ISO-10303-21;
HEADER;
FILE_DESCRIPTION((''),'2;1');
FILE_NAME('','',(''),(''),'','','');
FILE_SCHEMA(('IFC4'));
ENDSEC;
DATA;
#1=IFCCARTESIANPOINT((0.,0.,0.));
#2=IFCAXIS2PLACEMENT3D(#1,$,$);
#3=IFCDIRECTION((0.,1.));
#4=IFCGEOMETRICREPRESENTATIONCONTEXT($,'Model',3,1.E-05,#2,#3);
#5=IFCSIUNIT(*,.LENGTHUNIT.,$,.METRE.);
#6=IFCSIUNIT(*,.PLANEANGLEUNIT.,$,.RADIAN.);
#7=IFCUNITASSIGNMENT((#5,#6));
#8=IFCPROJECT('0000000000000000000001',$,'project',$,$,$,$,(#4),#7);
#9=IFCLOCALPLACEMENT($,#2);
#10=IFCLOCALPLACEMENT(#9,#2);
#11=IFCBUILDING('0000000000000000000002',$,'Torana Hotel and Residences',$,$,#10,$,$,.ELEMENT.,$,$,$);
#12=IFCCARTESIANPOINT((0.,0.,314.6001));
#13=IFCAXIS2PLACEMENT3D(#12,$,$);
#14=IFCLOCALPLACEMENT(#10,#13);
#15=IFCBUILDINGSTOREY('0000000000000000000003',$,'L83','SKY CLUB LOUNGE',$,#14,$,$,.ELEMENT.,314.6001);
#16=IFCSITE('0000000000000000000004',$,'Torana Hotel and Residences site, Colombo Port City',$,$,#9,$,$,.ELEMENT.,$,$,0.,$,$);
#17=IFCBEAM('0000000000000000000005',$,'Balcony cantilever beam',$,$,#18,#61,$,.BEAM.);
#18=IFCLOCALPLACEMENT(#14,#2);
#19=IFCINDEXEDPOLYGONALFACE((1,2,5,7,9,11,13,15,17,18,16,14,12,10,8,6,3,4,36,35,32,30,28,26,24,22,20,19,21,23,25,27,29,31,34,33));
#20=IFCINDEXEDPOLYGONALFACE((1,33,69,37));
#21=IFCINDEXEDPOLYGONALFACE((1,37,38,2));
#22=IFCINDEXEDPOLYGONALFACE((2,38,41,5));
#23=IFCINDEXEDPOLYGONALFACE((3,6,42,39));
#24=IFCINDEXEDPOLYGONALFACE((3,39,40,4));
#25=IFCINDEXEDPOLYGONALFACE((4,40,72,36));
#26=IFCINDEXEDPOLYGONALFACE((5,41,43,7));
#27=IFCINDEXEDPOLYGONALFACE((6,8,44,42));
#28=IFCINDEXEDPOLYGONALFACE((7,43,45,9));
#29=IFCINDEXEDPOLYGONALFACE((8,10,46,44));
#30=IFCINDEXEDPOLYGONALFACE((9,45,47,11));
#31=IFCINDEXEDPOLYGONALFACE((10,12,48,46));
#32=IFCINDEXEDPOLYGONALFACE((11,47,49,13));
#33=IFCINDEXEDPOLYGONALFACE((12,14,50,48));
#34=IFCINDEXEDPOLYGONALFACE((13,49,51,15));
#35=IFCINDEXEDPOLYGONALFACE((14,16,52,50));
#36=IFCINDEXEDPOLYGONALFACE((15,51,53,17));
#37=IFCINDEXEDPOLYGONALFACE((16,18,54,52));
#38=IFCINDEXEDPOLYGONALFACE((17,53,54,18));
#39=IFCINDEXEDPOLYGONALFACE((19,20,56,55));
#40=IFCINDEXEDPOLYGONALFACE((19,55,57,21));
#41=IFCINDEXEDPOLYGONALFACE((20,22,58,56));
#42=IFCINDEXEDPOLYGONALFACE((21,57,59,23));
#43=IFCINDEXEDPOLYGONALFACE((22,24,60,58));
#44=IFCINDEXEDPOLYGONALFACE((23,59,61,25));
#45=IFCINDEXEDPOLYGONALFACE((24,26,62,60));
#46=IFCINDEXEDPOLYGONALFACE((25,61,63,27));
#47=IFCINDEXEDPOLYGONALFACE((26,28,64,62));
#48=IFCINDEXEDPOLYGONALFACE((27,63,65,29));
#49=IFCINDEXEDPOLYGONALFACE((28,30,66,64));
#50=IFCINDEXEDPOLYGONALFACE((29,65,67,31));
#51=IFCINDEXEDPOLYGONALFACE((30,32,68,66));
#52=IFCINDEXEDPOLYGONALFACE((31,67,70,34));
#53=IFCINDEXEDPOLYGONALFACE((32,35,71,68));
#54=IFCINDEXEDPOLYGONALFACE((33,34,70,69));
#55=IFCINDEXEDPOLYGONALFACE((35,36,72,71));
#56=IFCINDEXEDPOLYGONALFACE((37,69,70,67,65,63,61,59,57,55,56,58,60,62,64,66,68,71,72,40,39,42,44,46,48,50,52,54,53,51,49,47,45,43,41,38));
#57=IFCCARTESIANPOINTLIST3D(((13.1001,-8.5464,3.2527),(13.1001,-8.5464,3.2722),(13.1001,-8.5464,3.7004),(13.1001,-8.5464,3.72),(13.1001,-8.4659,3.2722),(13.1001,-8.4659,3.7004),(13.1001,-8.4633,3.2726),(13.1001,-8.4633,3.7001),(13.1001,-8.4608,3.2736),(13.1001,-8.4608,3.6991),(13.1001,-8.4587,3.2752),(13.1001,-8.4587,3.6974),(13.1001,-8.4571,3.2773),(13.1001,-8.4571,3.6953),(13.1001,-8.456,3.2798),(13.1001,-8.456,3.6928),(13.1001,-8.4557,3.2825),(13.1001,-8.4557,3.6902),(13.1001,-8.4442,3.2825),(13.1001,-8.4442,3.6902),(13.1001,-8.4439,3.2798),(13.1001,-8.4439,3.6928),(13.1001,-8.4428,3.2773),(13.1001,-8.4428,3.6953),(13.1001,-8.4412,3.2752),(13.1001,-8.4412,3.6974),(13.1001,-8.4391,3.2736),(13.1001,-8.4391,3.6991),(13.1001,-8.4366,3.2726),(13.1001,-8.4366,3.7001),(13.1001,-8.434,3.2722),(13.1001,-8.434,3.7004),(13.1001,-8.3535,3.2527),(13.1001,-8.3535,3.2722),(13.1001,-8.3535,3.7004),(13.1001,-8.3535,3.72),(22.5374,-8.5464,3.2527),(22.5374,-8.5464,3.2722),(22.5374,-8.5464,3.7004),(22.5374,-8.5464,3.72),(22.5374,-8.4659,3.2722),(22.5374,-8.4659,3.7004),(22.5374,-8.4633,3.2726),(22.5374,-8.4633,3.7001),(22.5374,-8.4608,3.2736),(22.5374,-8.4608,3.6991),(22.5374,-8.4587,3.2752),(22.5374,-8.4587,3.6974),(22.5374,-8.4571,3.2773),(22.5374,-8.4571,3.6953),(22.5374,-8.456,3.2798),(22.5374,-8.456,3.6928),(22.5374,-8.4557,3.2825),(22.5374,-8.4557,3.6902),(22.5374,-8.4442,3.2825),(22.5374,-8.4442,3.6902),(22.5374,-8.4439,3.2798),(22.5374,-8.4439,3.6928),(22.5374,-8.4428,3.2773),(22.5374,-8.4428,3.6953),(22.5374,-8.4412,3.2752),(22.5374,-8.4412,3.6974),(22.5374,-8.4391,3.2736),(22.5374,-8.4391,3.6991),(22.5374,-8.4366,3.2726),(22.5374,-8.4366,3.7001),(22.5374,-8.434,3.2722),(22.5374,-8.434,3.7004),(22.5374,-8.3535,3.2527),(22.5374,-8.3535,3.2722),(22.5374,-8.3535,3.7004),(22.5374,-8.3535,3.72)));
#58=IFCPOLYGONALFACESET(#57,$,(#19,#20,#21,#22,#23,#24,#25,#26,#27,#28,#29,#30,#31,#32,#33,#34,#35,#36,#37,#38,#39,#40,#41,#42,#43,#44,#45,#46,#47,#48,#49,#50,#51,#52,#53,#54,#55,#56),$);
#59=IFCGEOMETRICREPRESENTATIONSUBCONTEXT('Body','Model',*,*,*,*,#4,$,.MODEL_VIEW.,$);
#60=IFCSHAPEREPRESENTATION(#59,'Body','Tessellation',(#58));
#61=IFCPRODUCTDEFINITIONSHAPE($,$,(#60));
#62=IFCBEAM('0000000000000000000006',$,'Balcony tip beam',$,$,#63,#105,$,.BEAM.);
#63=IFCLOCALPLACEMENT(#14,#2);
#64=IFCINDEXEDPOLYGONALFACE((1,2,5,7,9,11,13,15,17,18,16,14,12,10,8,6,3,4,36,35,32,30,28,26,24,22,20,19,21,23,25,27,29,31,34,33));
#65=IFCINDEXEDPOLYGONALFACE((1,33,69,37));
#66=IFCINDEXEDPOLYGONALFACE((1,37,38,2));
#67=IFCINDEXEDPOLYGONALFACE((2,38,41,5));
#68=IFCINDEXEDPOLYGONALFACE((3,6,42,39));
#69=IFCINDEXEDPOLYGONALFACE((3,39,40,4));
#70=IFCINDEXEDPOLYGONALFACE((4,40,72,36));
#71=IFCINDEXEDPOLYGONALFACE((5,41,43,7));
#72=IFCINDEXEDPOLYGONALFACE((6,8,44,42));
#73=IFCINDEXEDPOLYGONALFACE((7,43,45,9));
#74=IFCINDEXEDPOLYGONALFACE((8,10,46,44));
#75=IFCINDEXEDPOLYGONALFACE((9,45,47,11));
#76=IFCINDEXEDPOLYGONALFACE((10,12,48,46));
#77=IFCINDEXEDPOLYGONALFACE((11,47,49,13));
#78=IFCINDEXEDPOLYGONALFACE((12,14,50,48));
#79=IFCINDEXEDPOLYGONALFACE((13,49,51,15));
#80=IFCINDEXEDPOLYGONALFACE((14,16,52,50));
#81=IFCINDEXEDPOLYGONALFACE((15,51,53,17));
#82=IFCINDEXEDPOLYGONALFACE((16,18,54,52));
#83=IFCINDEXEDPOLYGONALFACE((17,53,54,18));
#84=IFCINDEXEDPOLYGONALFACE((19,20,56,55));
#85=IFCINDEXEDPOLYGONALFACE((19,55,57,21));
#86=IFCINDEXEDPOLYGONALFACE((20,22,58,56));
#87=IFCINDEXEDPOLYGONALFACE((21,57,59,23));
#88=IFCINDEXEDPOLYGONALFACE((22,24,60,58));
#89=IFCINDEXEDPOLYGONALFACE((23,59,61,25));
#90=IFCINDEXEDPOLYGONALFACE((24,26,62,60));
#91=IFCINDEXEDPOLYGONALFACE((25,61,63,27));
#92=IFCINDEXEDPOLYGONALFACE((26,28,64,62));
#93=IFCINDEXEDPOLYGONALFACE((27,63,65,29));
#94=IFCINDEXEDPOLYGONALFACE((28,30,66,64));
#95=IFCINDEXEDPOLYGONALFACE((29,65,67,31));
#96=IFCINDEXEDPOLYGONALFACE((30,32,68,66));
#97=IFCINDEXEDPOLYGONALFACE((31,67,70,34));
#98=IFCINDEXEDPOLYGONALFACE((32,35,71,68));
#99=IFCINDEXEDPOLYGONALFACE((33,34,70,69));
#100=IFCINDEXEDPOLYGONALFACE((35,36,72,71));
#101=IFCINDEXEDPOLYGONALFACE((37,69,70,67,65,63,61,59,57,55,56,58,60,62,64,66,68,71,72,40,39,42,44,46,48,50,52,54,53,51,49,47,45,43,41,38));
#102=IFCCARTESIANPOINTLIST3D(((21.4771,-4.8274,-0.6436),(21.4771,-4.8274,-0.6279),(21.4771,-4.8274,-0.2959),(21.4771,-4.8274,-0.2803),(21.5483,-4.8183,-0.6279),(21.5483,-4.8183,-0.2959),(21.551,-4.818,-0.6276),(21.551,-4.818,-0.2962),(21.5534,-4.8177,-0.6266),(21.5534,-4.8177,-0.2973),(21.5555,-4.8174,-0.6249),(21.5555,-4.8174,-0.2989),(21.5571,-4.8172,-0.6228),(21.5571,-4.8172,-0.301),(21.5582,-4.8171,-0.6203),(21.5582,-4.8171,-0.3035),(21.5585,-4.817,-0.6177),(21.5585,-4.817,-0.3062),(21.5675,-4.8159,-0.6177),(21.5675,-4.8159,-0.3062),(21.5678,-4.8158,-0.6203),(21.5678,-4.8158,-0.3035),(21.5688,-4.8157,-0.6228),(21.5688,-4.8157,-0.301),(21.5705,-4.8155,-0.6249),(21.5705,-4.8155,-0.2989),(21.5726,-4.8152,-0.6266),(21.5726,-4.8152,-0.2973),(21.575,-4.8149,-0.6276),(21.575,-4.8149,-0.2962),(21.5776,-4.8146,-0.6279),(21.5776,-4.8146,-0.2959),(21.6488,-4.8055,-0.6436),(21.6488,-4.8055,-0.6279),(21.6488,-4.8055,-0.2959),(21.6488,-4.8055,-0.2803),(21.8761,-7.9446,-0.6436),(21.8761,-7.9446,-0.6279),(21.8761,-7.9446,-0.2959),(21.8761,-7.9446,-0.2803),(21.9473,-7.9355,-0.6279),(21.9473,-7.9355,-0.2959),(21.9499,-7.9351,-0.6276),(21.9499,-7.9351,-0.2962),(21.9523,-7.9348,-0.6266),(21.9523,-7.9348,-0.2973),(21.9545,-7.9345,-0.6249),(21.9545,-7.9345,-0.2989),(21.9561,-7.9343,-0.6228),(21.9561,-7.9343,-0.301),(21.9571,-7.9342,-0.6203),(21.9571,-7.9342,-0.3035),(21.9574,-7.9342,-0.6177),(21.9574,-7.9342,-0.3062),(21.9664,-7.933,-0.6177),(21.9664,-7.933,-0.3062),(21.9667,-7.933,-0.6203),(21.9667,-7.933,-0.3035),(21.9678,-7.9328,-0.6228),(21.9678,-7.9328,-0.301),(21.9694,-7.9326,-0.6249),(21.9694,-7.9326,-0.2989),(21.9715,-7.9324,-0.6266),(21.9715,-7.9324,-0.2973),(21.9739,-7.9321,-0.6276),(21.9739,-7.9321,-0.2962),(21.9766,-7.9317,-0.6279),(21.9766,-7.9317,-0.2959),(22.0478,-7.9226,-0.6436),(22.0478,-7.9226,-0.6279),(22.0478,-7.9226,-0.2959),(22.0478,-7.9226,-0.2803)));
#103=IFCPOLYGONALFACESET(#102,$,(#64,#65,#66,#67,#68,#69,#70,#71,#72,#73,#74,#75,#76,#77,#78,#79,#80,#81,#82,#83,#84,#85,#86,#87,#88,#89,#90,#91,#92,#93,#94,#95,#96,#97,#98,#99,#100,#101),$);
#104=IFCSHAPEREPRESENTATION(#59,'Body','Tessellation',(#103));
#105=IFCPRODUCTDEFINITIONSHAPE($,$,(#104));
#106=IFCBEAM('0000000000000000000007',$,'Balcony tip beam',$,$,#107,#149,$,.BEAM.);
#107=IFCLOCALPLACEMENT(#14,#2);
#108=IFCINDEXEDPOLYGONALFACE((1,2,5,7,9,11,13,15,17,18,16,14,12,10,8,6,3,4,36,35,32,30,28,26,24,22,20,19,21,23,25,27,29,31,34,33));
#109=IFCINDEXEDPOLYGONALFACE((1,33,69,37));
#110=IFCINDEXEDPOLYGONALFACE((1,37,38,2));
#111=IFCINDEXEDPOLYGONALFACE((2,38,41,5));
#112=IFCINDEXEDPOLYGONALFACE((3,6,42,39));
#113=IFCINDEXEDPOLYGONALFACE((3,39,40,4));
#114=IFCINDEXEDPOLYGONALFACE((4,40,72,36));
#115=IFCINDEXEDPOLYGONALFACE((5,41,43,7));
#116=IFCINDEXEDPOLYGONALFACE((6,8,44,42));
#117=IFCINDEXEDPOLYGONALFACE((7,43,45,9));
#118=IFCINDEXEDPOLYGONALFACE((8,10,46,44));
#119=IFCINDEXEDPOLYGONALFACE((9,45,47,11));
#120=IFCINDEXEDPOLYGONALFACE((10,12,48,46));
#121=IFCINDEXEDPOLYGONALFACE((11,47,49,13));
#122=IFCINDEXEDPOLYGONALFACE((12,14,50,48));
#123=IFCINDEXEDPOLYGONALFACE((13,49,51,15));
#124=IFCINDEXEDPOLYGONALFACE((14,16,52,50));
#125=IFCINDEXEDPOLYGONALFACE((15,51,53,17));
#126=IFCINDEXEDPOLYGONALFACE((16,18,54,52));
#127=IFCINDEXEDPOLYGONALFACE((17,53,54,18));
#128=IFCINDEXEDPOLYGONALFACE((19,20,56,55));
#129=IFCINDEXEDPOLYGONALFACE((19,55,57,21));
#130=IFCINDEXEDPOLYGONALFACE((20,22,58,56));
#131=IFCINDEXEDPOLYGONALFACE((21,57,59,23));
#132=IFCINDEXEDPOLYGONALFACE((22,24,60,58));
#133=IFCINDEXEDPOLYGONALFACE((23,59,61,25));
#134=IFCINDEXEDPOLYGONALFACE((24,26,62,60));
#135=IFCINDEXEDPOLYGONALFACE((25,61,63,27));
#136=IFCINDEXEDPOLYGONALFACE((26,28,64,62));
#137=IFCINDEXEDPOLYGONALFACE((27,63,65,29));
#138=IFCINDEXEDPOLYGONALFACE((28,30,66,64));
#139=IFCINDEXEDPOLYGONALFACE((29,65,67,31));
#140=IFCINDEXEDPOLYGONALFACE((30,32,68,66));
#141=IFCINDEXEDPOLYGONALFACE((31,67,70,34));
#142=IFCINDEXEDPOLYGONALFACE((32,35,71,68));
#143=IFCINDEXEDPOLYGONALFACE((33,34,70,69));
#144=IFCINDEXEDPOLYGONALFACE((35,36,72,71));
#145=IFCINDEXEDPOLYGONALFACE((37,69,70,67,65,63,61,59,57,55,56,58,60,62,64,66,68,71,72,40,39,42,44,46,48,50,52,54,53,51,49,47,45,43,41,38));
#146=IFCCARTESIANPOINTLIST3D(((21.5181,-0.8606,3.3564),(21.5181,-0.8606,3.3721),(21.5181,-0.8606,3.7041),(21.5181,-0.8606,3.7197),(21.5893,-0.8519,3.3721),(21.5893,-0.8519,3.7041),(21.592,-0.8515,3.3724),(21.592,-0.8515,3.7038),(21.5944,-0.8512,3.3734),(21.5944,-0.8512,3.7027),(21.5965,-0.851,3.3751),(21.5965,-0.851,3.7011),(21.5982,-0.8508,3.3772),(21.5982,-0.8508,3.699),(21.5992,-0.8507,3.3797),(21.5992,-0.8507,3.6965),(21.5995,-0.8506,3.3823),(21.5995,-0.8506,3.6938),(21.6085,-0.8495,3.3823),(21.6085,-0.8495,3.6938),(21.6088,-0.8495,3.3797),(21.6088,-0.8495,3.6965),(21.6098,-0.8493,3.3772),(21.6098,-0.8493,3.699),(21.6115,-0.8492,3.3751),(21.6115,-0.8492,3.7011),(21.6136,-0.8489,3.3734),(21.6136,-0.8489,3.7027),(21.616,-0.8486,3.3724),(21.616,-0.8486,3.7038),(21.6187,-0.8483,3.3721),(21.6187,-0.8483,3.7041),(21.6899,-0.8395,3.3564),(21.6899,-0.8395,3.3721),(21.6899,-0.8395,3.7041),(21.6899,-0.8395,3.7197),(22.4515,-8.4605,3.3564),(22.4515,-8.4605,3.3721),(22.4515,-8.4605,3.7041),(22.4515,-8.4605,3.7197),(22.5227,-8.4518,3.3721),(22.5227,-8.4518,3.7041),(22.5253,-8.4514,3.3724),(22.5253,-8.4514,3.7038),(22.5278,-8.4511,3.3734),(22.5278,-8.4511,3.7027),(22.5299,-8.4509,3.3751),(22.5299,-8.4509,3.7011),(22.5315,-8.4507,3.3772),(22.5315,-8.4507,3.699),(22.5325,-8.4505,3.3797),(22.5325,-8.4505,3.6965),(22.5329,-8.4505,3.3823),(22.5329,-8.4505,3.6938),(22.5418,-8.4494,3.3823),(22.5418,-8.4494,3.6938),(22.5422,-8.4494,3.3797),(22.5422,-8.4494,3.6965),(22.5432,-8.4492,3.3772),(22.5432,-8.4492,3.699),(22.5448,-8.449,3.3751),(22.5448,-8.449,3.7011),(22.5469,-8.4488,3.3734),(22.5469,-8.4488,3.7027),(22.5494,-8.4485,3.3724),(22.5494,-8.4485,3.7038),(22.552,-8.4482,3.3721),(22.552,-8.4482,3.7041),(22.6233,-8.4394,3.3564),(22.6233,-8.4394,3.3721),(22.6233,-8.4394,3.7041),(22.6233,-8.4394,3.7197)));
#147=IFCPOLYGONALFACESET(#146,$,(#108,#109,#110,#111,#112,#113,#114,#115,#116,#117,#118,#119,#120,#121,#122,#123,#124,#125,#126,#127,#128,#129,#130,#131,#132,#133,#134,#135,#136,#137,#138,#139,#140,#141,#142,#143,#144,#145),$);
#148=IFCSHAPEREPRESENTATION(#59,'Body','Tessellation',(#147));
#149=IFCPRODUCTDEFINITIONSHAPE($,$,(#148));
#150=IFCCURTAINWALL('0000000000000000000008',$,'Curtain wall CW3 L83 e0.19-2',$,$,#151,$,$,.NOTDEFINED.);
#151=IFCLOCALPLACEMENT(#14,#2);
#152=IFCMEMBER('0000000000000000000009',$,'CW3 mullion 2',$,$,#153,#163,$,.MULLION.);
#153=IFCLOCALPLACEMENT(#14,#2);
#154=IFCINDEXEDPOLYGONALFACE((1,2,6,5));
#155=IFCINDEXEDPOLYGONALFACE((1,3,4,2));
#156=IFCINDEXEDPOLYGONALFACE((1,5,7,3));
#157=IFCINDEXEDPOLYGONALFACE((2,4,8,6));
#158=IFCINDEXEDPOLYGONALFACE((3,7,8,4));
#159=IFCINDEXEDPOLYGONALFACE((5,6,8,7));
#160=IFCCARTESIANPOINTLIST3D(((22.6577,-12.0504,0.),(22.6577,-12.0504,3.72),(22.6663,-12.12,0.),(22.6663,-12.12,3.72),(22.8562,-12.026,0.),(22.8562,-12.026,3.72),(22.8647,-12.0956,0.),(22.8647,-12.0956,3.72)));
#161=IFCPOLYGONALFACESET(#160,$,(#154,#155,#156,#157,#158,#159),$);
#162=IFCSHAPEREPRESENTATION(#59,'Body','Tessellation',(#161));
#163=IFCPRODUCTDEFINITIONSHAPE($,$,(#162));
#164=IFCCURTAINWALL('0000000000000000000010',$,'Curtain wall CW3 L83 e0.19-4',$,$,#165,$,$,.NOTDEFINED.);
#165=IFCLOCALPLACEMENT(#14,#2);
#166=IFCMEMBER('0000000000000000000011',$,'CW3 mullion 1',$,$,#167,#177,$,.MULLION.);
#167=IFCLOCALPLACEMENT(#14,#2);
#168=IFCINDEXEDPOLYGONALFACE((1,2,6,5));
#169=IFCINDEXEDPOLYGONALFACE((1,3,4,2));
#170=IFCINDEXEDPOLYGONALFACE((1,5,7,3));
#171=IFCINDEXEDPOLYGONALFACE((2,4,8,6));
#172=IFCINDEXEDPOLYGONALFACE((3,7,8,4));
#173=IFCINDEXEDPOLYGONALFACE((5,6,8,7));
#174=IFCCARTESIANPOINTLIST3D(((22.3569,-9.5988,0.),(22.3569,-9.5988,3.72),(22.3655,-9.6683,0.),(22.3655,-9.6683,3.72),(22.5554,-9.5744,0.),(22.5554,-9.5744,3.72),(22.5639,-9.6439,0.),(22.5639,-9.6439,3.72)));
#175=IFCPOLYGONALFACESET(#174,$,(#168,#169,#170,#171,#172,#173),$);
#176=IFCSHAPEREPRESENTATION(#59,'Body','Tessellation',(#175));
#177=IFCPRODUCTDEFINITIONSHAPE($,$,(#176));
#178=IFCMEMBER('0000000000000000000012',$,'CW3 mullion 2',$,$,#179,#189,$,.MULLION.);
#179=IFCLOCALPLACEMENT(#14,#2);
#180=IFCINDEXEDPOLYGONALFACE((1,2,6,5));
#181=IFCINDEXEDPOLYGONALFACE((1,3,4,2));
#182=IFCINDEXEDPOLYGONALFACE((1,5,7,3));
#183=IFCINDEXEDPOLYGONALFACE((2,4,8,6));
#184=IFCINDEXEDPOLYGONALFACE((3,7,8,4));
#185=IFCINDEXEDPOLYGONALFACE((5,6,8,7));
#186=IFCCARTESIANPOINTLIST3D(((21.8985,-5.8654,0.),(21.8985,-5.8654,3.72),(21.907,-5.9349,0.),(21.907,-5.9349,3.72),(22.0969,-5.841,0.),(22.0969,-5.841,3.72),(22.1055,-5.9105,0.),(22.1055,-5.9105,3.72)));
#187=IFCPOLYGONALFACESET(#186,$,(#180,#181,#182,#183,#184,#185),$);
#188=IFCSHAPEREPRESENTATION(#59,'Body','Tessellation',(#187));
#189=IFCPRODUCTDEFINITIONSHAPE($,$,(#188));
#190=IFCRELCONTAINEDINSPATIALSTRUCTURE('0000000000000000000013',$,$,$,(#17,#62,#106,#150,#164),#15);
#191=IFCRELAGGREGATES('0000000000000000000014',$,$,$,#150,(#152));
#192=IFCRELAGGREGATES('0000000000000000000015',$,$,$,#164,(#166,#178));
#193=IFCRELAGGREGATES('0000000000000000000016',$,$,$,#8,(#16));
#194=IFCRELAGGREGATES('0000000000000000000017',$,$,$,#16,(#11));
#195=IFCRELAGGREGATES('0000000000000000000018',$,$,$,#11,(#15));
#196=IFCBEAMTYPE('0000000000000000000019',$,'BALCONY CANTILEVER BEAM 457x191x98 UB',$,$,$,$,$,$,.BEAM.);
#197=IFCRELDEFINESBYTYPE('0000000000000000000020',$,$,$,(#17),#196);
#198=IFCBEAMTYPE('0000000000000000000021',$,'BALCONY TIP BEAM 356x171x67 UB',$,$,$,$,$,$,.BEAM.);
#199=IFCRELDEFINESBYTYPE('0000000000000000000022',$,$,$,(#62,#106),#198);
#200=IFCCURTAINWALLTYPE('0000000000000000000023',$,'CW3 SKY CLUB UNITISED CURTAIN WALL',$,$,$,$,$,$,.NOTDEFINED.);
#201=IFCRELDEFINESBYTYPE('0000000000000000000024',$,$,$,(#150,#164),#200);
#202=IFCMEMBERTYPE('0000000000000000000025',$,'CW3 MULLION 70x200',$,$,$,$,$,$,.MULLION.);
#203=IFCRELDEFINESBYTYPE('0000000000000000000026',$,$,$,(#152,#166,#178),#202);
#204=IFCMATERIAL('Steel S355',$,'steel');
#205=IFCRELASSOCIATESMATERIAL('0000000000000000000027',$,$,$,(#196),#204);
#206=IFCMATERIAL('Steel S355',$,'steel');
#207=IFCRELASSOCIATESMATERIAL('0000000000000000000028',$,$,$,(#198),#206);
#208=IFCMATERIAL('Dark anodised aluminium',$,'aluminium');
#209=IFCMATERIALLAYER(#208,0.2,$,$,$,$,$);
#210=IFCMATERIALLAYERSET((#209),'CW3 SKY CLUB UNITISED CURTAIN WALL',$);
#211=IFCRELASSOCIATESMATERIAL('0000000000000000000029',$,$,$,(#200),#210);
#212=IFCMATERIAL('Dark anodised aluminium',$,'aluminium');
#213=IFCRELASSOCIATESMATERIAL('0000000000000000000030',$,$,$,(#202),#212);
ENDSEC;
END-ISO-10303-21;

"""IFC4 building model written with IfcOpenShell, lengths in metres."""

from ifc_helpers import new_model, si_unit, direction, frame, origin, origin_2d, place, context, subcontext, project, spatial, rectangle, i_section, extrude, material, layer, layer_set, material_profile, profile_set, type_object, element, aggregate, save


model = new_model("IFC4")

# Units and contexts
model_context = context("Model", 3, precision=1e-05, world=origin(), true_north=direction((0.0, 1.0)))
body_context = subcontext(model_context, "Body", "Model", "MODEL_VIEW")
ifc_project = project(units=[si_unit("LENGTHUNIT", "METRE"), si_unit("PLANEANGLEUNIT", "RADIAN")], contexts=[model_context])

# Site, building, storey
site_placement = place(None, origin())
site = spatial("IfcSite", under=ifc_project, at=site_placement, Name="Torana Hotel and Residences site, Colombo Port City", CompositionType="ELEMENT", RefElevation=0.0)
building_placement = place(site_placement, origin())
building = spatial("IfcBuilding", under=site, at=building_placement, Name="Torana Hotel and Residences", CompositionType="ELEMENT")
storey_placement = place(building_placement, frame((0.0, 0.0, 314.6001)))
storey = spatial("IfcBuildingStorey", under=building, at=storey_placement, Name="L83", Description="SKY CLUB LOUNGE", CompositionType="ELEMENT", Elevation=314.6001)

# Beams
ifc_material_1 = material(Name="Steel S355", Category="steel")
ifc_material_profile_1 = material_profile(ifc_material_1, i_section(OverallWidth=0.1929, OverallDepth=0.4673, WebThickness=0.0115, FlangeThickness=0.0195, FilletRadius=0.0103, at=origin_2d()), Name="457x191x98 UB")
ifc_profile_set_1 = profile_set([ifc_material_profile_1], Name="Steel S355")
beam_type_1 = type_object("IfcBeamType", Name="BALCONY CANTILEVER BEAM 457x191x98 UB", PredefinedType="BEAM", material=ifc_profile_set_1)
beam_1_placement = place(storey_placement, frame((22.5374, -8.45, 3.4863), z_axis=(-1.0, 0.0, 0.0), x_axis=(0.0, -1.0, 0.0)))
element("IfcBeam", 1, at=beam_1_placement, inside=storey, type_object=beam_type_1, Name="Balcony cantilever beam", PredefinedType="BEAM", context=body_context, shape_type="SweptSolid", body=[
    extrude(i_section(OverallWidth=0.1929, OverallDepth=0.4673, WebThickness=0.0115, FlangeThickness=0.0195, FilletRadius=0.0103, at=origin_2d()), origin(), (0.0, 0.0, 1.0), 9.4373),
])
ifc_material_2 = material(Name="Steel S355", Category="steel")
ifc_material_profile_2 = material_profile(ifc_material_2, i_section(OverallWidth=0.1731, OverallDepth=0.3633, WebThickness=0.009, FlangeThickness=0.0156, FilletRadius=0.0103, at=origin_2d()), Name="356x171x67 UB")
ifc_profile_set_2 = profile_set([ifc_material_profile_2], Name="Steel S355")
beam_type_2 = type_object("IfcBeamType", Name="BALCONY TIP BEAM 356x171x67 UB", PredefinedType="BEAM", material=ifc_profile_set_2)
beam_2_placement = place(storey_placement, frame((21.9619, -7.9336, -0.4619), z_axis=(-0.126941, 0.99191, 0.0), x_axis=(-0.99191, -0.126941, 0.0)))
element("IfcBeam", 2, at=beam_2_placement, inside=storey, type_object=beam_type_2, Name="Balcony tip beam", PredefinedType="BEAM", context=body_context, shape_type="SweptSolid", body=[
    extrude(i_section(OverallWidth=0.1731, OverallDepth=0.3633, WebThickness=0.009, FlangeThickness=0.0156, FilletRadius=0.0103, at=origin_2d()), origin(), (0.0, 0.0, 1.0), 3.1426),
])
beam_3_placement = place(storey_placement, frame((22.5374, -8.45, 3.5381), z_axis=(-0.121896, 0.992543, 0.0), x_axis=(-0.992543, -0.121896, 0.0)))
element("IfcBeam", 3, at=beam_3_placement, inside=storey, type_object=beam_type_2, Name="Balcony tip beam", PredefinedType="BEAM", context=body_context, shape_type="SweptSolid", body=[
    extrude(i_section(OverallWidth=0.1731, OverallDepth=0.3633, WebThickness=0.009, FlangeThickness=0.0156, FilletRadius=0.0103, at=origin_2d()), origin(), (0.0, 0.0, 1.0), 7.657),
])

# Curtain wall, member
ifc_material_3 = material(Name="Dark anodised aluminium", Category="aluminium")
ifc_layer_1 = layer(ifc_material_3, 0.2)
ifc_layer_set_1 = layer_set([ifc_layer_1], Name="CW3 SKY CLUB UNITISED CURTAIN WALL")
curtain_wall_type = type_object("IfcCurtainWallType", Name="CW3 SKY CLUB UNITISED CURTAIN WALL", PredefinedType="NOTDEFINED", material=ifc_layer_set_1)
curtain_wall_1_placement = place(storey_placement, origin())
curtain_wall_1 = element("IfcCurtainWall", 4, at=curtain_wall_1_placement, inside=storey, type_object=curtain_wall_type, Name="Curtain wall CW3 L83 e0.19-2", PredefinedType="NOTDEFINED")
ifc_material_4 = material(Name="Dark anodised aluminium", Category="aluminium")
ifc_material_profile_3 = material_profile(ifc_material_4, rectangle(XDim=0.2, YDim=0.0701, at=origin_2d()), Name="CW3 MULLION 70x200")
ifc_profile_set_3 = profile_set([ifc_material_profile_3], Name="Dark anodised aluminium")
member_type_1 = type_object("IfcMemberType", Name="CW3 MULLION 70x200", PredefinedType="MULLION", material=ifc_profile_set_3)
member_1_placement = place(storey_placement, frame((22.7612, -12.073, 0.0), z_axis=(0.0, 0.0, 1.0), x_axis=(-0.992541, -0.121913, 0.0)))
member_1 = element("IfcMember", 5, at=member_1_placement, type_object=member_type_1, Name="CW3 mullion 2", PredefinedType="MULLION", context=body_context, shape_type="SweptSolid", body=[
    extrude(rectangle(XDim=0.2, YDim=0.0701, at=origin_2d()), origin(), (0.0, 0.0, 1.0), 3.72),
])
aggregate(curtain_wall_1, [member_1])

# Curtain wall, members
curtain_wall_2_placement = place(storey_placement, origin())
curtain_wall_2 = element("IfcCurtainWall", 6, at=curtain_wall_2_placement, inside=storey, type_object=curtain_wall_type, Name="Curtain wall CW3 L83 e0.19-4", PredefinedType="NOTDEFINED")
member_2_placement = place(storey_placement, frame((22.4604, -9.6213, 0.0), z_axis=(0.0, 0.0, 1.0), x_axis=(-0.992544, -0.121885, 0.0)))
member_2 = element("IfcMember", 7, at=member_2_placement, type_object=member_type_1, Name="CW3 mullion 1", PredefinedType="MULLION", context=body_context, shape_type="SweptSolid", body=[
    extrude(rectangle(XDim=0.2, YDim=0.0701, at=origin_2d()), origin(), (0.0, 0.0, 1.0), 3.72),
])
member_3_placement = place(storey_placement, frame((22.002, -5.8879, 0.0), z_axis=(0.0, 0.0, 1.0), x_axis=(-0.992544, -0.121885, 0.0)))
member_3 = element("IfcMember", 8, at=member_3_placement, type_object=member_type_1, Name="CW3 mullion 2", PredefinedType="MULLION", context=body_context, shape_type="SweptSolid", body=[
    extrude(rectangle(XDim=0.2, YDim=0.0701, at=origin_2d()), origin(), (0.0, 0.0, 1.0), 3.72),
])
aggregate(curtain_wall_2, [member_2, member_3])

save(model, "model.ifc")
